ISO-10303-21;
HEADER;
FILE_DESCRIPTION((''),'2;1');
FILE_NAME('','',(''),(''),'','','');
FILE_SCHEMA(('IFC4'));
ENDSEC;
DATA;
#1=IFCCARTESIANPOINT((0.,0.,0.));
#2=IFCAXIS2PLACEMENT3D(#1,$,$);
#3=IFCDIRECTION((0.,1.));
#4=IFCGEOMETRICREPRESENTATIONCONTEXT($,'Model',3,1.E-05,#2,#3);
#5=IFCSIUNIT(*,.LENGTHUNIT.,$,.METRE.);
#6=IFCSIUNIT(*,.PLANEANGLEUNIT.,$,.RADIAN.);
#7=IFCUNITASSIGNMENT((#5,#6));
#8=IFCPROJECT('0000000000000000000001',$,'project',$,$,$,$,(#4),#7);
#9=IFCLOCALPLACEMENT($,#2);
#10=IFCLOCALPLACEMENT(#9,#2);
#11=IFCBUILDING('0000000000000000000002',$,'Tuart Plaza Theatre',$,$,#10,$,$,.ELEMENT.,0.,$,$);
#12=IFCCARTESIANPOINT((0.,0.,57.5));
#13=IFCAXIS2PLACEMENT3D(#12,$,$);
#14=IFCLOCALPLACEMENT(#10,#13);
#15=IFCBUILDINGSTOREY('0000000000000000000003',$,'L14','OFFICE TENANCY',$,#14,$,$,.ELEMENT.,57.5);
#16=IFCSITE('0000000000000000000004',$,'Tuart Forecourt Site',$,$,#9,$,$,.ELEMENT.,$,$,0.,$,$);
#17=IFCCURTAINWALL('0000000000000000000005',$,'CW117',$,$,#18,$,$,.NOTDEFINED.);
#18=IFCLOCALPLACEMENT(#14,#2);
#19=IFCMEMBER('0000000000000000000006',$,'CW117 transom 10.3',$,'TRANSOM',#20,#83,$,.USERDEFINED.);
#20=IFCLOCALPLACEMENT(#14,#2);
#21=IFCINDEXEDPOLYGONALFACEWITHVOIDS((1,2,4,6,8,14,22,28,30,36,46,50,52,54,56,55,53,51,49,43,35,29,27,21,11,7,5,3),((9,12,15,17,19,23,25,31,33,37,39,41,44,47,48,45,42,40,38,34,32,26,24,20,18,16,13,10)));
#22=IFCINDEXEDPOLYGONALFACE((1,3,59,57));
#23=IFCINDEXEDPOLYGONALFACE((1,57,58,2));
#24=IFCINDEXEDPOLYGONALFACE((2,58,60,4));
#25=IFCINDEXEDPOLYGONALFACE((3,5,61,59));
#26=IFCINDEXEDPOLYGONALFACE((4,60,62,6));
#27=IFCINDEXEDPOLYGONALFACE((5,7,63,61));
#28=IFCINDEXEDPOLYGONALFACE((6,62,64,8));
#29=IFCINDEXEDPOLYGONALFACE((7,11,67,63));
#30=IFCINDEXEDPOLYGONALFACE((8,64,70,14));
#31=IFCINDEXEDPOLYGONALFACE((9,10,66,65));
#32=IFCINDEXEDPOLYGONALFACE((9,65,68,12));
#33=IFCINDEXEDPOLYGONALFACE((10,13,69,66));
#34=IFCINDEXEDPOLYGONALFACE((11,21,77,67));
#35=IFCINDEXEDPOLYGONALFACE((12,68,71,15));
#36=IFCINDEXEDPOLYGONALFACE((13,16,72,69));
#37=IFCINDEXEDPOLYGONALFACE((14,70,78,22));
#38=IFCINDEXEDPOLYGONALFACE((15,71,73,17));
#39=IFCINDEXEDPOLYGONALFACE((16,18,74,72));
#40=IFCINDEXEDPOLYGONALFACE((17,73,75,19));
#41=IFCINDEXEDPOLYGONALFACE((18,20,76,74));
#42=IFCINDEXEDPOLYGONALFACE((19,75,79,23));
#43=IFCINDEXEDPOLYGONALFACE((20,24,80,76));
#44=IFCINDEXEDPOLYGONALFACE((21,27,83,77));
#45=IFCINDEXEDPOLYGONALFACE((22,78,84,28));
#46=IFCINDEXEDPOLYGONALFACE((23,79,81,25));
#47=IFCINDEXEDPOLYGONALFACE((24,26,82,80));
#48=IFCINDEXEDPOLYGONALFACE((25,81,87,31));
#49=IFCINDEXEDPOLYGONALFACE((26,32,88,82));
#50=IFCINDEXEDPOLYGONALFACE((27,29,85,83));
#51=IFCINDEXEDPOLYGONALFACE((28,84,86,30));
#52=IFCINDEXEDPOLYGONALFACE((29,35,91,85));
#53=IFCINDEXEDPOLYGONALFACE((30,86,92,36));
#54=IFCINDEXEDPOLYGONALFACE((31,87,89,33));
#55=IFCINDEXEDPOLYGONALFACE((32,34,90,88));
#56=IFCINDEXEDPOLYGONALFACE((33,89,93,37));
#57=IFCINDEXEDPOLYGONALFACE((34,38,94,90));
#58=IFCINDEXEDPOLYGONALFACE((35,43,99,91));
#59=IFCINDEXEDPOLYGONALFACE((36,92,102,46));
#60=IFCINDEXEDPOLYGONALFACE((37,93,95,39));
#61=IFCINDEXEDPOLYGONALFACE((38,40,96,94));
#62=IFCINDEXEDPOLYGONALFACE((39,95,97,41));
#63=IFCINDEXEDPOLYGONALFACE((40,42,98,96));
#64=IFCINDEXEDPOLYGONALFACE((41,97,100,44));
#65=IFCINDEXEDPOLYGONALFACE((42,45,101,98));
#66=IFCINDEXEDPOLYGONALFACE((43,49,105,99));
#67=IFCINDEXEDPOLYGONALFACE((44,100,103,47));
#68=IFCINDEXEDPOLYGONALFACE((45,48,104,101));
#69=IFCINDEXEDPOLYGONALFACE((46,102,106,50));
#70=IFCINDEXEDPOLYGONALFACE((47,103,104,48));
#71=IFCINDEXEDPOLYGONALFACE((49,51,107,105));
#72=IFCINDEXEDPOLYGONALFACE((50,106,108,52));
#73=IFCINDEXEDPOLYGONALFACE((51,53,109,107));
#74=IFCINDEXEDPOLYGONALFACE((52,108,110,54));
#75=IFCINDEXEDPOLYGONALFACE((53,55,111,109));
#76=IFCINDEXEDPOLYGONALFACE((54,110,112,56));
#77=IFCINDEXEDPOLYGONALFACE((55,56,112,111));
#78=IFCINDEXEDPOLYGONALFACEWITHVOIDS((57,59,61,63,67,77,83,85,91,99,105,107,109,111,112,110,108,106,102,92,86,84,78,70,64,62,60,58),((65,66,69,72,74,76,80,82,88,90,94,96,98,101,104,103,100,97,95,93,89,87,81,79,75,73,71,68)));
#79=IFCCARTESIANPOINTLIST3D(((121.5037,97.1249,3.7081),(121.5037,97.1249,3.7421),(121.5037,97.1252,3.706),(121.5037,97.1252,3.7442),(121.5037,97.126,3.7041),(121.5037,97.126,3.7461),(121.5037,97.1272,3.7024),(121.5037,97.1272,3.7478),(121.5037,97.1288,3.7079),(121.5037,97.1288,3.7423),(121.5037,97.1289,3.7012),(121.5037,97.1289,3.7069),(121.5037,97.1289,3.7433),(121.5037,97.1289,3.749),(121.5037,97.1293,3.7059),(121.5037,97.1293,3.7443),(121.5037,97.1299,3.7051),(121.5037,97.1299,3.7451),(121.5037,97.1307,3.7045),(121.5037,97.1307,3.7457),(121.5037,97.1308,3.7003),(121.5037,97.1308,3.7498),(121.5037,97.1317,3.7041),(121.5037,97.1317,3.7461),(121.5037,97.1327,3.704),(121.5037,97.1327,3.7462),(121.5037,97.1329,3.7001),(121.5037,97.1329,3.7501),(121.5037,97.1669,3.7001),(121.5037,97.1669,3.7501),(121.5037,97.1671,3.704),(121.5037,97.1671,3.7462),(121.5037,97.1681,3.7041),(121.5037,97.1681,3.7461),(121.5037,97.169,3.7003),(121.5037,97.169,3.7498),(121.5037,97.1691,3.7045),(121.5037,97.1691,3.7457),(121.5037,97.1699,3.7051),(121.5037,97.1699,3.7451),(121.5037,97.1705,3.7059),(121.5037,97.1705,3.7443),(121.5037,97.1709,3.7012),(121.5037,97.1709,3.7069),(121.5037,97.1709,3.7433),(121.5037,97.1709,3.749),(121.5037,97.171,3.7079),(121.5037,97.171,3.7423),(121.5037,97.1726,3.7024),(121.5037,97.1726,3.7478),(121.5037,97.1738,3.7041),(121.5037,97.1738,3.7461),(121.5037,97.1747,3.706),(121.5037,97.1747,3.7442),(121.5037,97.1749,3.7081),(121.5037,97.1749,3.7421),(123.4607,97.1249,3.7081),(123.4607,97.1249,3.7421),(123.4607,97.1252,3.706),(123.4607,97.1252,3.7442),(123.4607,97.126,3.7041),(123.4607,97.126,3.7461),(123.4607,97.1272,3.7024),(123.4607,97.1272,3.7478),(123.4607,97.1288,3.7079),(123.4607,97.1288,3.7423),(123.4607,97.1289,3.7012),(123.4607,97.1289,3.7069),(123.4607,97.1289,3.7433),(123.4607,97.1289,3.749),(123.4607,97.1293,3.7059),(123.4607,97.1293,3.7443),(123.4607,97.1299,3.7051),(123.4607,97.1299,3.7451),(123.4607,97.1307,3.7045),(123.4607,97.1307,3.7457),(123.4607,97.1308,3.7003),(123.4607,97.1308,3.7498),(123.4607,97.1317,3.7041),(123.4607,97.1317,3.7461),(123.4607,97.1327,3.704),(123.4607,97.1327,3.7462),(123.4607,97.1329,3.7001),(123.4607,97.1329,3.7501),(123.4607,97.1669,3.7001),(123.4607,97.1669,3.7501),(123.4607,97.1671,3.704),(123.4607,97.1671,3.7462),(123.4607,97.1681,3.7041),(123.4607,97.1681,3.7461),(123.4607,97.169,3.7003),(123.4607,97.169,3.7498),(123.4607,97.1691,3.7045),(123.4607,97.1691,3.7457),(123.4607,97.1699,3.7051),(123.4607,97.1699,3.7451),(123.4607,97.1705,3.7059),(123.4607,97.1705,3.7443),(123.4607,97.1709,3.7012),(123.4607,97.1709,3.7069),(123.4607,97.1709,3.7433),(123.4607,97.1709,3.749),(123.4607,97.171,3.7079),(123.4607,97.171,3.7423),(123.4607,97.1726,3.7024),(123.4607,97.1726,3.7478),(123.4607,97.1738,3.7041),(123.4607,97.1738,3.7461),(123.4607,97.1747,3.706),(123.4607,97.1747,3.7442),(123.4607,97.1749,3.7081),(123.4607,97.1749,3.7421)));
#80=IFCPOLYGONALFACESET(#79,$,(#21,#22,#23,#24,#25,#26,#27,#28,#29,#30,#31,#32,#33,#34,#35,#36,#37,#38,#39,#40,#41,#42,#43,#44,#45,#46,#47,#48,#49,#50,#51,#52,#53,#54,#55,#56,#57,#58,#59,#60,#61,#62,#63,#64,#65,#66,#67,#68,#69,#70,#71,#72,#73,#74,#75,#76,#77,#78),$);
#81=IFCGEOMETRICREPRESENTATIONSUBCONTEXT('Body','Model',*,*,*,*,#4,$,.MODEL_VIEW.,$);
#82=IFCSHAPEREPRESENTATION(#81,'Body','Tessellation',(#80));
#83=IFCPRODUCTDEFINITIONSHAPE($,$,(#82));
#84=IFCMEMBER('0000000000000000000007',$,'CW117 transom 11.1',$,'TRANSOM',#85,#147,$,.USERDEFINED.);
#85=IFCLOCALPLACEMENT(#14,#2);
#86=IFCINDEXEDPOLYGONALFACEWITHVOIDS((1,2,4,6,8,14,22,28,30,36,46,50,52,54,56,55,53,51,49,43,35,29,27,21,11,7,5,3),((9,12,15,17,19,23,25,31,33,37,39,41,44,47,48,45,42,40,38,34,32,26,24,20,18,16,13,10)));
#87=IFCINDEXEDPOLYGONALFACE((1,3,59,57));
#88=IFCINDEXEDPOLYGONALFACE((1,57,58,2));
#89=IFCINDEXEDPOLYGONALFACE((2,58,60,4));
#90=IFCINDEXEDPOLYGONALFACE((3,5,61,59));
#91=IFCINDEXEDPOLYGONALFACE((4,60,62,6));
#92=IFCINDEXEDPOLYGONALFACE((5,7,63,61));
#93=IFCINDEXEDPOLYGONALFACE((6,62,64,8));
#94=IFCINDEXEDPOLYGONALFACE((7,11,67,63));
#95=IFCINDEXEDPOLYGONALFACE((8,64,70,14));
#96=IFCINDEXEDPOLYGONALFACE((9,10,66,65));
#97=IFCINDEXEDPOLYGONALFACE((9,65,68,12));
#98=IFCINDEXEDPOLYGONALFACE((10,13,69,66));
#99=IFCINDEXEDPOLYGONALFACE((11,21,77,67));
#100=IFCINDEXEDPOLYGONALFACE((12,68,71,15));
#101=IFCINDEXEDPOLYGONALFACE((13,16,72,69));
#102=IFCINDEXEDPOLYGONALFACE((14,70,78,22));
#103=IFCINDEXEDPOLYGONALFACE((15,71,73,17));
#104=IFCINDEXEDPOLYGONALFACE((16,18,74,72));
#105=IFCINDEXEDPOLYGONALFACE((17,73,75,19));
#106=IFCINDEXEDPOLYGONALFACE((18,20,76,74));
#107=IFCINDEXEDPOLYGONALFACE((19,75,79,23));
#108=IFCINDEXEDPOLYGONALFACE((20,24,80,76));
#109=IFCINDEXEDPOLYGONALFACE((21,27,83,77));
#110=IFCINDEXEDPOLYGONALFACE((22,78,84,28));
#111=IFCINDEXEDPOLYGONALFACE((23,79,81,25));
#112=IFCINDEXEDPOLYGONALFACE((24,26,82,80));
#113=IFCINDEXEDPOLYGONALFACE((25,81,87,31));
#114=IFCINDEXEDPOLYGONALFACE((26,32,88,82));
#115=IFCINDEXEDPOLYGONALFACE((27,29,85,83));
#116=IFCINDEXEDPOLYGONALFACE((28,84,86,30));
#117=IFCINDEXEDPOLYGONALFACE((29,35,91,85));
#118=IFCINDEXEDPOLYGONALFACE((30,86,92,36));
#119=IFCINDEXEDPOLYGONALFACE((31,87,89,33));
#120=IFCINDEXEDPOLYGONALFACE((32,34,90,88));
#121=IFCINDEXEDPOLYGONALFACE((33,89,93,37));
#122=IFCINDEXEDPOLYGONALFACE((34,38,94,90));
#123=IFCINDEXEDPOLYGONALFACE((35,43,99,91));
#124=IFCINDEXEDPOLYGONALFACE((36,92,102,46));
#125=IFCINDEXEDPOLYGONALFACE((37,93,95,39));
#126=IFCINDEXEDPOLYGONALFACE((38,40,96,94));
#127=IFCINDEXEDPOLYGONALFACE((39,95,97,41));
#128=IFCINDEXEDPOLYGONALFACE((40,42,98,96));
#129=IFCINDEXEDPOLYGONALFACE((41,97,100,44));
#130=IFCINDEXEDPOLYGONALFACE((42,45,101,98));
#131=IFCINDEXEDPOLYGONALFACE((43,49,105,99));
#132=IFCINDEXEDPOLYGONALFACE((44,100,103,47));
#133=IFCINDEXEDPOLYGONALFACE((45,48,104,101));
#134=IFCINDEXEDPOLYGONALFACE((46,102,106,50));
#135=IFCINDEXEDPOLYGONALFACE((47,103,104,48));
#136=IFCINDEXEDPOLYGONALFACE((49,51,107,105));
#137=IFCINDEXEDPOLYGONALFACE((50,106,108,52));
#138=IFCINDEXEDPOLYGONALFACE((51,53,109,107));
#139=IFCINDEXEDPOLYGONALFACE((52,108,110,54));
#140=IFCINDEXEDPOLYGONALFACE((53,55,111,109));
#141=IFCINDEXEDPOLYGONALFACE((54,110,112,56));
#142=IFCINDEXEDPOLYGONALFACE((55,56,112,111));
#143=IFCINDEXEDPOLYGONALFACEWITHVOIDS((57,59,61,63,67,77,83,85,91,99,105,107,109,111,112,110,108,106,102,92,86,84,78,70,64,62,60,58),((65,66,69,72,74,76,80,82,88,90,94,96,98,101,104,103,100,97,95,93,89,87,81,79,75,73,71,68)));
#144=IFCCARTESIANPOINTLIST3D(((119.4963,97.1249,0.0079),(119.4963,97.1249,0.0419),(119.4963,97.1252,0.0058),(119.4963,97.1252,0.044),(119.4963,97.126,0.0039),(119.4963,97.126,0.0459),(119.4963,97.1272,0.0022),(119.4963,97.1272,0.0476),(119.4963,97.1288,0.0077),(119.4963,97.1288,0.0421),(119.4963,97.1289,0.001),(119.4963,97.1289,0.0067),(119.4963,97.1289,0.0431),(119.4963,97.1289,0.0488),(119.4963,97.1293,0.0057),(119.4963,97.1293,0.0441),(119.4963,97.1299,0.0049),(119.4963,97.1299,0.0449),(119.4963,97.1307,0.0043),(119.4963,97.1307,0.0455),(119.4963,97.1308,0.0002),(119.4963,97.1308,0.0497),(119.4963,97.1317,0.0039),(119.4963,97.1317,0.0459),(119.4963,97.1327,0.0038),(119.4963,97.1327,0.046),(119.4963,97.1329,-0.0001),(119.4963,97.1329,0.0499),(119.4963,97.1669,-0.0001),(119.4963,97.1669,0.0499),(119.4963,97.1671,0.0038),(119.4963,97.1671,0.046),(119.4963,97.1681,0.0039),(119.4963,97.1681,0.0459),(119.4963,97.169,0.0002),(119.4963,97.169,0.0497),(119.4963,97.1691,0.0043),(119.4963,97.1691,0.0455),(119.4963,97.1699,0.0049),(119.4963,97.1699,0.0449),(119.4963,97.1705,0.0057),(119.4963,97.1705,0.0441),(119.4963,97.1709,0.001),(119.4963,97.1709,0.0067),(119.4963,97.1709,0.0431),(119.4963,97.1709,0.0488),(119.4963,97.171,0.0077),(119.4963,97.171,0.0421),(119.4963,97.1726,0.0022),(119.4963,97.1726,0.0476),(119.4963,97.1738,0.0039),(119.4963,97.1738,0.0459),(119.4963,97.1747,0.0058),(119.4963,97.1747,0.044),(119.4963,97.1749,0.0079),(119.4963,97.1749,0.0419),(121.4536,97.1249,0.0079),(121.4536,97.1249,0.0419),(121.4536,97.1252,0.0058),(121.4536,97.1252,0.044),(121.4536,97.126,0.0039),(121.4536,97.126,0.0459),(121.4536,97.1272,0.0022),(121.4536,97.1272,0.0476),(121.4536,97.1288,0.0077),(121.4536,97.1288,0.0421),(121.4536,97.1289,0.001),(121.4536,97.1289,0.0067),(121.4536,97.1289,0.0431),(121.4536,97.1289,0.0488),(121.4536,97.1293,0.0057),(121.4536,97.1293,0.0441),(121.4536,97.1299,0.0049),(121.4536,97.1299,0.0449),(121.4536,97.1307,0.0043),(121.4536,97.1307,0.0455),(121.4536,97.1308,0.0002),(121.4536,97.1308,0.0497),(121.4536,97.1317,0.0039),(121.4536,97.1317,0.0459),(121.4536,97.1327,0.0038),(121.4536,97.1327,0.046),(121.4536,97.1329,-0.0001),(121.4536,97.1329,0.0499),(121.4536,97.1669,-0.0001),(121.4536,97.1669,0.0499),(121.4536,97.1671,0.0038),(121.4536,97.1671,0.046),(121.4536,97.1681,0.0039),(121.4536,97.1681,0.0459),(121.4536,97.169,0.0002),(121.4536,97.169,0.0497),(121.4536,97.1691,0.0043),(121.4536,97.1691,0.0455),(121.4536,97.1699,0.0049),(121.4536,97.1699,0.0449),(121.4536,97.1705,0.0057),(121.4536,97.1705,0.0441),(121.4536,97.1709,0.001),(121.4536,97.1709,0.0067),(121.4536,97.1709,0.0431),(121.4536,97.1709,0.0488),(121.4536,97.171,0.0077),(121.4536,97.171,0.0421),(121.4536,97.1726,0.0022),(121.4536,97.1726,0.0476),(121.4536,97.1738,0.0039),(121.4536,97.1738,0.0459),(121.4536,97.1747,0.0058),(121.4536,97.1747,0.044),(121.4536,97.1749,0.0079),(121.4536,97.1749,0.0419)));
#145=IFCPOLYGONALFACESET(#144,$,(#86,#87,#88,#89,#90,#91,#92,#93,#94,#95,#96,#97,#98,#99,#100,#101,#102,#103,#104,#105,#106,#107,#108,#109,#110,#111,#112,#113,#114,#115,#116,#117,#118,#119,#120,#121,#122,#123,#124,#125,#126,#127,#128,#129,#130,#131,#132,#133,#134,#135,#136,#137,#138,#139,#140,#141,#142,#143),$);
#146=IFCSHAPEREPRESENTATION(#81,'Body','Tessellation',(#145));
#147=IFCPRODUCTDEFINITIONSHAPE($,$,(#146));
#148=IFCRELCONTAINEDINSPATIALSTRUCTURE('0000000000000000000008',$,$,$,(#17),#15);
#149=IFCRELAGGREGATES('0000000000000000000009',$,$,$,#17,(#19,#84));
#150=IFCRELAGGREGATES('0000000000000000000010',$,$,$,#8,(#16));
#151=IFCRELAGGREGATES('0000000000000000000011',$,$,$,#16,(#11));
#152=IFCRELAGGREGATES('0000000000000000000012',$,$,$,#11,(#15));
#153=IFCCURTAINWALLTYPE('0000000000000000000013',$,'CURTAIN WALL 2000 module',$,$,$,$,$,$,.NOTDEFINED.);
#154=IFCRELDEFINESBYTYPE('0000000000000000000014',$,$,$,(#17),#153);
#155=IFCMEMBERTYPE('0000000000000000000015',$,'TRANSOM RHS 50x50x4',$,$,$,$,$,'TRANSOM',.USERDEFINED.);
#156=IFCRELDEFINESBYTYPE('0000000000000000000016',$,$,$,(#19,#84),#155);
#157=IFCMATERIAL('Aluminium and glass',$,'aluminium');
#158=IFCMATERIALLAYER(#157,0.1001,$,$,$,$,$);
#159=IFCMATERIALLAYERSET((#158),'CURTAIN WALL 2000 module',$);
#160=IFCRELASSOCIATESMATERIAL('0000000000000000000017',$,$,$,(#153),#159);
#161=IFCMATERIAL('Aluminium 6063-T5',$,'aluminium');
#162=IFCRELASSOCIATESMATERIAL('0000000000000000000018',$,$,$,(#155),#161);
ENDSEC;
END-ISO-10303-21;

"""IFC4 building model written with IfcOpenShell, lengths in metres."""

from ifc_helpers import new_model, si_unit, direction, frame, origin, origin_2d, place, context, subcontext, project, spatial, hollow_rectangle, extrude, material, layer, layer_set, material_profile, profile_set, type_object, element, aggregate, save


model = new_model("IFC4")

# Units and contexts
model_context = context("Model", 3, precision=1e-05, world=origin(), true_north=direction((0.0, 1.0)))
body_context = subcontext(model_context, "Body", "Model", "MODEL_VIEW")
ifc_project = project(units=[si_unit("LENGTHUNIT", "METRE"), si_unit("PLANEANGLEUNIT", "RADIAN")], contexts=[model_context])

# Site, building, storey
site_placement = place(None, origin())
site = spatial("IfcSite", under=ifc_project, at=site_placement, Name="Tuart Forecourt Site", CompositionType="ELEMENT", RefElevation=0.0)
building_placement = place(site_placement, origin())
building = spatial("IfcBuilding", under=site, at=building_placement, Name="Tuart Plaza Theatre", CompositionType="ELEMENT", ElevationOfRefHeight=0.0)
storey_placement = place(building_placement, frame((0.0, 0.0, 57.5)))
storey = spatial("IfcBuildingStorey", under=building, at=storey_placement, Name="L14", Description="OFFICE TENANCY", CompositionType="ELEMENT", Elevation=57.5)

# Curtain wall, members
ifc_material_1 = material(Name="Aluminium and glass", Category="aluminium")
ifc_layer_1 = layer(ifc_material_1, 0.1001)
ifc_layer_set_1 = layer_set([ifc_layer_1], Name="CURTAIN WALL 2000 module")
curtain_wall_type = type_object("IfcCurtainWallType", Name="CURTAIN WALL 2000 module", PredefinedType="NOTDEFINED", material=ifc_layer_set_1)
curtain_wall_placement = place(storey_placement, origin())
curtain_wall = element("IfcCurtainWall", 1, at=curtain_wall_placement, inside=storey, type_object=curtain_wall_type, Name="CW117", PredefinedType="NOTDEFINED")
ifc_material_2 = material(Name="Aluminium 6063-T5", Category="aluminium")
ifc_material_profile_1 = material_profile(ifc_material_2, hollow_rectangle(XDim=0.05, YDim=0.05, WallThickness=0.0039, InnerFilletRadius=0.0039, OuterFilletRadius=0.0081, at=origin_2d()), Name="RHS 50x50x4")
ifc_profile_set_1 = profile_set([ifc_material_profile_1], Name="Aluminium 6063-T5")
member_type_1 = type_object("IfcMemberType", Name="TRANSOM RHS 50x50x4", ElementType="TRANSOM", PredefinedType="USERDEFINED", material=ifc_profile_set_1)
member_1_placement = place(storey_placement, frame((123.4607, 97.1499, 3.7251), z_axis=(-1.0, 0.0, 0.0), x_axis=(0.0, -1.0, 0.0)))
member_1 = element("IfcMember", 2, at=member_1_placement, type_object=member_type_1, Name="CW117 transom 10.3", ObjectType="TRANSOM", PredefinedType="USERDEFINED", context=body_context, shape_type="SweptSolid", body=[
    extrude(hollow_rectangle(XDim=0.05, YDim=0.05, WallThickness=0.0039, InnerFilletRadius=0.0039, OuterFilletRadius=0.0081, at=origin_2d()), origin(), (0.0, 0.0, 1.0), 1.957),
])
member_2_placement = place(storey_placement, frame((121.4536, 97.1499, 0.0249), z_axis=(-1.0, 0.0, 0.0), x_axis=(0.0, -1.0, 0.0)))
member_2 = element("IfcMember", 3, at=member_2_placement, type_object=member_type_1, Name="CW117 transom 11.1", ObjectType="TRANSOM", PredefinedType="USERDEFINED", context=body_context, shape_type="SweptSolid", body=[
    extrude(hollow_rectangle(XDim=0.05, YDim=0.05, WallThickness=0.0039, InnerFilletRadius=0.0039, OuterFilletRadius=0.0081, at=origin_2d()), origin(), (0.0, 0.0, 1.0), 1.9573),
])
aggregate(curtain_wall, [member_1, member_2])

save(model, "model.ifc")
